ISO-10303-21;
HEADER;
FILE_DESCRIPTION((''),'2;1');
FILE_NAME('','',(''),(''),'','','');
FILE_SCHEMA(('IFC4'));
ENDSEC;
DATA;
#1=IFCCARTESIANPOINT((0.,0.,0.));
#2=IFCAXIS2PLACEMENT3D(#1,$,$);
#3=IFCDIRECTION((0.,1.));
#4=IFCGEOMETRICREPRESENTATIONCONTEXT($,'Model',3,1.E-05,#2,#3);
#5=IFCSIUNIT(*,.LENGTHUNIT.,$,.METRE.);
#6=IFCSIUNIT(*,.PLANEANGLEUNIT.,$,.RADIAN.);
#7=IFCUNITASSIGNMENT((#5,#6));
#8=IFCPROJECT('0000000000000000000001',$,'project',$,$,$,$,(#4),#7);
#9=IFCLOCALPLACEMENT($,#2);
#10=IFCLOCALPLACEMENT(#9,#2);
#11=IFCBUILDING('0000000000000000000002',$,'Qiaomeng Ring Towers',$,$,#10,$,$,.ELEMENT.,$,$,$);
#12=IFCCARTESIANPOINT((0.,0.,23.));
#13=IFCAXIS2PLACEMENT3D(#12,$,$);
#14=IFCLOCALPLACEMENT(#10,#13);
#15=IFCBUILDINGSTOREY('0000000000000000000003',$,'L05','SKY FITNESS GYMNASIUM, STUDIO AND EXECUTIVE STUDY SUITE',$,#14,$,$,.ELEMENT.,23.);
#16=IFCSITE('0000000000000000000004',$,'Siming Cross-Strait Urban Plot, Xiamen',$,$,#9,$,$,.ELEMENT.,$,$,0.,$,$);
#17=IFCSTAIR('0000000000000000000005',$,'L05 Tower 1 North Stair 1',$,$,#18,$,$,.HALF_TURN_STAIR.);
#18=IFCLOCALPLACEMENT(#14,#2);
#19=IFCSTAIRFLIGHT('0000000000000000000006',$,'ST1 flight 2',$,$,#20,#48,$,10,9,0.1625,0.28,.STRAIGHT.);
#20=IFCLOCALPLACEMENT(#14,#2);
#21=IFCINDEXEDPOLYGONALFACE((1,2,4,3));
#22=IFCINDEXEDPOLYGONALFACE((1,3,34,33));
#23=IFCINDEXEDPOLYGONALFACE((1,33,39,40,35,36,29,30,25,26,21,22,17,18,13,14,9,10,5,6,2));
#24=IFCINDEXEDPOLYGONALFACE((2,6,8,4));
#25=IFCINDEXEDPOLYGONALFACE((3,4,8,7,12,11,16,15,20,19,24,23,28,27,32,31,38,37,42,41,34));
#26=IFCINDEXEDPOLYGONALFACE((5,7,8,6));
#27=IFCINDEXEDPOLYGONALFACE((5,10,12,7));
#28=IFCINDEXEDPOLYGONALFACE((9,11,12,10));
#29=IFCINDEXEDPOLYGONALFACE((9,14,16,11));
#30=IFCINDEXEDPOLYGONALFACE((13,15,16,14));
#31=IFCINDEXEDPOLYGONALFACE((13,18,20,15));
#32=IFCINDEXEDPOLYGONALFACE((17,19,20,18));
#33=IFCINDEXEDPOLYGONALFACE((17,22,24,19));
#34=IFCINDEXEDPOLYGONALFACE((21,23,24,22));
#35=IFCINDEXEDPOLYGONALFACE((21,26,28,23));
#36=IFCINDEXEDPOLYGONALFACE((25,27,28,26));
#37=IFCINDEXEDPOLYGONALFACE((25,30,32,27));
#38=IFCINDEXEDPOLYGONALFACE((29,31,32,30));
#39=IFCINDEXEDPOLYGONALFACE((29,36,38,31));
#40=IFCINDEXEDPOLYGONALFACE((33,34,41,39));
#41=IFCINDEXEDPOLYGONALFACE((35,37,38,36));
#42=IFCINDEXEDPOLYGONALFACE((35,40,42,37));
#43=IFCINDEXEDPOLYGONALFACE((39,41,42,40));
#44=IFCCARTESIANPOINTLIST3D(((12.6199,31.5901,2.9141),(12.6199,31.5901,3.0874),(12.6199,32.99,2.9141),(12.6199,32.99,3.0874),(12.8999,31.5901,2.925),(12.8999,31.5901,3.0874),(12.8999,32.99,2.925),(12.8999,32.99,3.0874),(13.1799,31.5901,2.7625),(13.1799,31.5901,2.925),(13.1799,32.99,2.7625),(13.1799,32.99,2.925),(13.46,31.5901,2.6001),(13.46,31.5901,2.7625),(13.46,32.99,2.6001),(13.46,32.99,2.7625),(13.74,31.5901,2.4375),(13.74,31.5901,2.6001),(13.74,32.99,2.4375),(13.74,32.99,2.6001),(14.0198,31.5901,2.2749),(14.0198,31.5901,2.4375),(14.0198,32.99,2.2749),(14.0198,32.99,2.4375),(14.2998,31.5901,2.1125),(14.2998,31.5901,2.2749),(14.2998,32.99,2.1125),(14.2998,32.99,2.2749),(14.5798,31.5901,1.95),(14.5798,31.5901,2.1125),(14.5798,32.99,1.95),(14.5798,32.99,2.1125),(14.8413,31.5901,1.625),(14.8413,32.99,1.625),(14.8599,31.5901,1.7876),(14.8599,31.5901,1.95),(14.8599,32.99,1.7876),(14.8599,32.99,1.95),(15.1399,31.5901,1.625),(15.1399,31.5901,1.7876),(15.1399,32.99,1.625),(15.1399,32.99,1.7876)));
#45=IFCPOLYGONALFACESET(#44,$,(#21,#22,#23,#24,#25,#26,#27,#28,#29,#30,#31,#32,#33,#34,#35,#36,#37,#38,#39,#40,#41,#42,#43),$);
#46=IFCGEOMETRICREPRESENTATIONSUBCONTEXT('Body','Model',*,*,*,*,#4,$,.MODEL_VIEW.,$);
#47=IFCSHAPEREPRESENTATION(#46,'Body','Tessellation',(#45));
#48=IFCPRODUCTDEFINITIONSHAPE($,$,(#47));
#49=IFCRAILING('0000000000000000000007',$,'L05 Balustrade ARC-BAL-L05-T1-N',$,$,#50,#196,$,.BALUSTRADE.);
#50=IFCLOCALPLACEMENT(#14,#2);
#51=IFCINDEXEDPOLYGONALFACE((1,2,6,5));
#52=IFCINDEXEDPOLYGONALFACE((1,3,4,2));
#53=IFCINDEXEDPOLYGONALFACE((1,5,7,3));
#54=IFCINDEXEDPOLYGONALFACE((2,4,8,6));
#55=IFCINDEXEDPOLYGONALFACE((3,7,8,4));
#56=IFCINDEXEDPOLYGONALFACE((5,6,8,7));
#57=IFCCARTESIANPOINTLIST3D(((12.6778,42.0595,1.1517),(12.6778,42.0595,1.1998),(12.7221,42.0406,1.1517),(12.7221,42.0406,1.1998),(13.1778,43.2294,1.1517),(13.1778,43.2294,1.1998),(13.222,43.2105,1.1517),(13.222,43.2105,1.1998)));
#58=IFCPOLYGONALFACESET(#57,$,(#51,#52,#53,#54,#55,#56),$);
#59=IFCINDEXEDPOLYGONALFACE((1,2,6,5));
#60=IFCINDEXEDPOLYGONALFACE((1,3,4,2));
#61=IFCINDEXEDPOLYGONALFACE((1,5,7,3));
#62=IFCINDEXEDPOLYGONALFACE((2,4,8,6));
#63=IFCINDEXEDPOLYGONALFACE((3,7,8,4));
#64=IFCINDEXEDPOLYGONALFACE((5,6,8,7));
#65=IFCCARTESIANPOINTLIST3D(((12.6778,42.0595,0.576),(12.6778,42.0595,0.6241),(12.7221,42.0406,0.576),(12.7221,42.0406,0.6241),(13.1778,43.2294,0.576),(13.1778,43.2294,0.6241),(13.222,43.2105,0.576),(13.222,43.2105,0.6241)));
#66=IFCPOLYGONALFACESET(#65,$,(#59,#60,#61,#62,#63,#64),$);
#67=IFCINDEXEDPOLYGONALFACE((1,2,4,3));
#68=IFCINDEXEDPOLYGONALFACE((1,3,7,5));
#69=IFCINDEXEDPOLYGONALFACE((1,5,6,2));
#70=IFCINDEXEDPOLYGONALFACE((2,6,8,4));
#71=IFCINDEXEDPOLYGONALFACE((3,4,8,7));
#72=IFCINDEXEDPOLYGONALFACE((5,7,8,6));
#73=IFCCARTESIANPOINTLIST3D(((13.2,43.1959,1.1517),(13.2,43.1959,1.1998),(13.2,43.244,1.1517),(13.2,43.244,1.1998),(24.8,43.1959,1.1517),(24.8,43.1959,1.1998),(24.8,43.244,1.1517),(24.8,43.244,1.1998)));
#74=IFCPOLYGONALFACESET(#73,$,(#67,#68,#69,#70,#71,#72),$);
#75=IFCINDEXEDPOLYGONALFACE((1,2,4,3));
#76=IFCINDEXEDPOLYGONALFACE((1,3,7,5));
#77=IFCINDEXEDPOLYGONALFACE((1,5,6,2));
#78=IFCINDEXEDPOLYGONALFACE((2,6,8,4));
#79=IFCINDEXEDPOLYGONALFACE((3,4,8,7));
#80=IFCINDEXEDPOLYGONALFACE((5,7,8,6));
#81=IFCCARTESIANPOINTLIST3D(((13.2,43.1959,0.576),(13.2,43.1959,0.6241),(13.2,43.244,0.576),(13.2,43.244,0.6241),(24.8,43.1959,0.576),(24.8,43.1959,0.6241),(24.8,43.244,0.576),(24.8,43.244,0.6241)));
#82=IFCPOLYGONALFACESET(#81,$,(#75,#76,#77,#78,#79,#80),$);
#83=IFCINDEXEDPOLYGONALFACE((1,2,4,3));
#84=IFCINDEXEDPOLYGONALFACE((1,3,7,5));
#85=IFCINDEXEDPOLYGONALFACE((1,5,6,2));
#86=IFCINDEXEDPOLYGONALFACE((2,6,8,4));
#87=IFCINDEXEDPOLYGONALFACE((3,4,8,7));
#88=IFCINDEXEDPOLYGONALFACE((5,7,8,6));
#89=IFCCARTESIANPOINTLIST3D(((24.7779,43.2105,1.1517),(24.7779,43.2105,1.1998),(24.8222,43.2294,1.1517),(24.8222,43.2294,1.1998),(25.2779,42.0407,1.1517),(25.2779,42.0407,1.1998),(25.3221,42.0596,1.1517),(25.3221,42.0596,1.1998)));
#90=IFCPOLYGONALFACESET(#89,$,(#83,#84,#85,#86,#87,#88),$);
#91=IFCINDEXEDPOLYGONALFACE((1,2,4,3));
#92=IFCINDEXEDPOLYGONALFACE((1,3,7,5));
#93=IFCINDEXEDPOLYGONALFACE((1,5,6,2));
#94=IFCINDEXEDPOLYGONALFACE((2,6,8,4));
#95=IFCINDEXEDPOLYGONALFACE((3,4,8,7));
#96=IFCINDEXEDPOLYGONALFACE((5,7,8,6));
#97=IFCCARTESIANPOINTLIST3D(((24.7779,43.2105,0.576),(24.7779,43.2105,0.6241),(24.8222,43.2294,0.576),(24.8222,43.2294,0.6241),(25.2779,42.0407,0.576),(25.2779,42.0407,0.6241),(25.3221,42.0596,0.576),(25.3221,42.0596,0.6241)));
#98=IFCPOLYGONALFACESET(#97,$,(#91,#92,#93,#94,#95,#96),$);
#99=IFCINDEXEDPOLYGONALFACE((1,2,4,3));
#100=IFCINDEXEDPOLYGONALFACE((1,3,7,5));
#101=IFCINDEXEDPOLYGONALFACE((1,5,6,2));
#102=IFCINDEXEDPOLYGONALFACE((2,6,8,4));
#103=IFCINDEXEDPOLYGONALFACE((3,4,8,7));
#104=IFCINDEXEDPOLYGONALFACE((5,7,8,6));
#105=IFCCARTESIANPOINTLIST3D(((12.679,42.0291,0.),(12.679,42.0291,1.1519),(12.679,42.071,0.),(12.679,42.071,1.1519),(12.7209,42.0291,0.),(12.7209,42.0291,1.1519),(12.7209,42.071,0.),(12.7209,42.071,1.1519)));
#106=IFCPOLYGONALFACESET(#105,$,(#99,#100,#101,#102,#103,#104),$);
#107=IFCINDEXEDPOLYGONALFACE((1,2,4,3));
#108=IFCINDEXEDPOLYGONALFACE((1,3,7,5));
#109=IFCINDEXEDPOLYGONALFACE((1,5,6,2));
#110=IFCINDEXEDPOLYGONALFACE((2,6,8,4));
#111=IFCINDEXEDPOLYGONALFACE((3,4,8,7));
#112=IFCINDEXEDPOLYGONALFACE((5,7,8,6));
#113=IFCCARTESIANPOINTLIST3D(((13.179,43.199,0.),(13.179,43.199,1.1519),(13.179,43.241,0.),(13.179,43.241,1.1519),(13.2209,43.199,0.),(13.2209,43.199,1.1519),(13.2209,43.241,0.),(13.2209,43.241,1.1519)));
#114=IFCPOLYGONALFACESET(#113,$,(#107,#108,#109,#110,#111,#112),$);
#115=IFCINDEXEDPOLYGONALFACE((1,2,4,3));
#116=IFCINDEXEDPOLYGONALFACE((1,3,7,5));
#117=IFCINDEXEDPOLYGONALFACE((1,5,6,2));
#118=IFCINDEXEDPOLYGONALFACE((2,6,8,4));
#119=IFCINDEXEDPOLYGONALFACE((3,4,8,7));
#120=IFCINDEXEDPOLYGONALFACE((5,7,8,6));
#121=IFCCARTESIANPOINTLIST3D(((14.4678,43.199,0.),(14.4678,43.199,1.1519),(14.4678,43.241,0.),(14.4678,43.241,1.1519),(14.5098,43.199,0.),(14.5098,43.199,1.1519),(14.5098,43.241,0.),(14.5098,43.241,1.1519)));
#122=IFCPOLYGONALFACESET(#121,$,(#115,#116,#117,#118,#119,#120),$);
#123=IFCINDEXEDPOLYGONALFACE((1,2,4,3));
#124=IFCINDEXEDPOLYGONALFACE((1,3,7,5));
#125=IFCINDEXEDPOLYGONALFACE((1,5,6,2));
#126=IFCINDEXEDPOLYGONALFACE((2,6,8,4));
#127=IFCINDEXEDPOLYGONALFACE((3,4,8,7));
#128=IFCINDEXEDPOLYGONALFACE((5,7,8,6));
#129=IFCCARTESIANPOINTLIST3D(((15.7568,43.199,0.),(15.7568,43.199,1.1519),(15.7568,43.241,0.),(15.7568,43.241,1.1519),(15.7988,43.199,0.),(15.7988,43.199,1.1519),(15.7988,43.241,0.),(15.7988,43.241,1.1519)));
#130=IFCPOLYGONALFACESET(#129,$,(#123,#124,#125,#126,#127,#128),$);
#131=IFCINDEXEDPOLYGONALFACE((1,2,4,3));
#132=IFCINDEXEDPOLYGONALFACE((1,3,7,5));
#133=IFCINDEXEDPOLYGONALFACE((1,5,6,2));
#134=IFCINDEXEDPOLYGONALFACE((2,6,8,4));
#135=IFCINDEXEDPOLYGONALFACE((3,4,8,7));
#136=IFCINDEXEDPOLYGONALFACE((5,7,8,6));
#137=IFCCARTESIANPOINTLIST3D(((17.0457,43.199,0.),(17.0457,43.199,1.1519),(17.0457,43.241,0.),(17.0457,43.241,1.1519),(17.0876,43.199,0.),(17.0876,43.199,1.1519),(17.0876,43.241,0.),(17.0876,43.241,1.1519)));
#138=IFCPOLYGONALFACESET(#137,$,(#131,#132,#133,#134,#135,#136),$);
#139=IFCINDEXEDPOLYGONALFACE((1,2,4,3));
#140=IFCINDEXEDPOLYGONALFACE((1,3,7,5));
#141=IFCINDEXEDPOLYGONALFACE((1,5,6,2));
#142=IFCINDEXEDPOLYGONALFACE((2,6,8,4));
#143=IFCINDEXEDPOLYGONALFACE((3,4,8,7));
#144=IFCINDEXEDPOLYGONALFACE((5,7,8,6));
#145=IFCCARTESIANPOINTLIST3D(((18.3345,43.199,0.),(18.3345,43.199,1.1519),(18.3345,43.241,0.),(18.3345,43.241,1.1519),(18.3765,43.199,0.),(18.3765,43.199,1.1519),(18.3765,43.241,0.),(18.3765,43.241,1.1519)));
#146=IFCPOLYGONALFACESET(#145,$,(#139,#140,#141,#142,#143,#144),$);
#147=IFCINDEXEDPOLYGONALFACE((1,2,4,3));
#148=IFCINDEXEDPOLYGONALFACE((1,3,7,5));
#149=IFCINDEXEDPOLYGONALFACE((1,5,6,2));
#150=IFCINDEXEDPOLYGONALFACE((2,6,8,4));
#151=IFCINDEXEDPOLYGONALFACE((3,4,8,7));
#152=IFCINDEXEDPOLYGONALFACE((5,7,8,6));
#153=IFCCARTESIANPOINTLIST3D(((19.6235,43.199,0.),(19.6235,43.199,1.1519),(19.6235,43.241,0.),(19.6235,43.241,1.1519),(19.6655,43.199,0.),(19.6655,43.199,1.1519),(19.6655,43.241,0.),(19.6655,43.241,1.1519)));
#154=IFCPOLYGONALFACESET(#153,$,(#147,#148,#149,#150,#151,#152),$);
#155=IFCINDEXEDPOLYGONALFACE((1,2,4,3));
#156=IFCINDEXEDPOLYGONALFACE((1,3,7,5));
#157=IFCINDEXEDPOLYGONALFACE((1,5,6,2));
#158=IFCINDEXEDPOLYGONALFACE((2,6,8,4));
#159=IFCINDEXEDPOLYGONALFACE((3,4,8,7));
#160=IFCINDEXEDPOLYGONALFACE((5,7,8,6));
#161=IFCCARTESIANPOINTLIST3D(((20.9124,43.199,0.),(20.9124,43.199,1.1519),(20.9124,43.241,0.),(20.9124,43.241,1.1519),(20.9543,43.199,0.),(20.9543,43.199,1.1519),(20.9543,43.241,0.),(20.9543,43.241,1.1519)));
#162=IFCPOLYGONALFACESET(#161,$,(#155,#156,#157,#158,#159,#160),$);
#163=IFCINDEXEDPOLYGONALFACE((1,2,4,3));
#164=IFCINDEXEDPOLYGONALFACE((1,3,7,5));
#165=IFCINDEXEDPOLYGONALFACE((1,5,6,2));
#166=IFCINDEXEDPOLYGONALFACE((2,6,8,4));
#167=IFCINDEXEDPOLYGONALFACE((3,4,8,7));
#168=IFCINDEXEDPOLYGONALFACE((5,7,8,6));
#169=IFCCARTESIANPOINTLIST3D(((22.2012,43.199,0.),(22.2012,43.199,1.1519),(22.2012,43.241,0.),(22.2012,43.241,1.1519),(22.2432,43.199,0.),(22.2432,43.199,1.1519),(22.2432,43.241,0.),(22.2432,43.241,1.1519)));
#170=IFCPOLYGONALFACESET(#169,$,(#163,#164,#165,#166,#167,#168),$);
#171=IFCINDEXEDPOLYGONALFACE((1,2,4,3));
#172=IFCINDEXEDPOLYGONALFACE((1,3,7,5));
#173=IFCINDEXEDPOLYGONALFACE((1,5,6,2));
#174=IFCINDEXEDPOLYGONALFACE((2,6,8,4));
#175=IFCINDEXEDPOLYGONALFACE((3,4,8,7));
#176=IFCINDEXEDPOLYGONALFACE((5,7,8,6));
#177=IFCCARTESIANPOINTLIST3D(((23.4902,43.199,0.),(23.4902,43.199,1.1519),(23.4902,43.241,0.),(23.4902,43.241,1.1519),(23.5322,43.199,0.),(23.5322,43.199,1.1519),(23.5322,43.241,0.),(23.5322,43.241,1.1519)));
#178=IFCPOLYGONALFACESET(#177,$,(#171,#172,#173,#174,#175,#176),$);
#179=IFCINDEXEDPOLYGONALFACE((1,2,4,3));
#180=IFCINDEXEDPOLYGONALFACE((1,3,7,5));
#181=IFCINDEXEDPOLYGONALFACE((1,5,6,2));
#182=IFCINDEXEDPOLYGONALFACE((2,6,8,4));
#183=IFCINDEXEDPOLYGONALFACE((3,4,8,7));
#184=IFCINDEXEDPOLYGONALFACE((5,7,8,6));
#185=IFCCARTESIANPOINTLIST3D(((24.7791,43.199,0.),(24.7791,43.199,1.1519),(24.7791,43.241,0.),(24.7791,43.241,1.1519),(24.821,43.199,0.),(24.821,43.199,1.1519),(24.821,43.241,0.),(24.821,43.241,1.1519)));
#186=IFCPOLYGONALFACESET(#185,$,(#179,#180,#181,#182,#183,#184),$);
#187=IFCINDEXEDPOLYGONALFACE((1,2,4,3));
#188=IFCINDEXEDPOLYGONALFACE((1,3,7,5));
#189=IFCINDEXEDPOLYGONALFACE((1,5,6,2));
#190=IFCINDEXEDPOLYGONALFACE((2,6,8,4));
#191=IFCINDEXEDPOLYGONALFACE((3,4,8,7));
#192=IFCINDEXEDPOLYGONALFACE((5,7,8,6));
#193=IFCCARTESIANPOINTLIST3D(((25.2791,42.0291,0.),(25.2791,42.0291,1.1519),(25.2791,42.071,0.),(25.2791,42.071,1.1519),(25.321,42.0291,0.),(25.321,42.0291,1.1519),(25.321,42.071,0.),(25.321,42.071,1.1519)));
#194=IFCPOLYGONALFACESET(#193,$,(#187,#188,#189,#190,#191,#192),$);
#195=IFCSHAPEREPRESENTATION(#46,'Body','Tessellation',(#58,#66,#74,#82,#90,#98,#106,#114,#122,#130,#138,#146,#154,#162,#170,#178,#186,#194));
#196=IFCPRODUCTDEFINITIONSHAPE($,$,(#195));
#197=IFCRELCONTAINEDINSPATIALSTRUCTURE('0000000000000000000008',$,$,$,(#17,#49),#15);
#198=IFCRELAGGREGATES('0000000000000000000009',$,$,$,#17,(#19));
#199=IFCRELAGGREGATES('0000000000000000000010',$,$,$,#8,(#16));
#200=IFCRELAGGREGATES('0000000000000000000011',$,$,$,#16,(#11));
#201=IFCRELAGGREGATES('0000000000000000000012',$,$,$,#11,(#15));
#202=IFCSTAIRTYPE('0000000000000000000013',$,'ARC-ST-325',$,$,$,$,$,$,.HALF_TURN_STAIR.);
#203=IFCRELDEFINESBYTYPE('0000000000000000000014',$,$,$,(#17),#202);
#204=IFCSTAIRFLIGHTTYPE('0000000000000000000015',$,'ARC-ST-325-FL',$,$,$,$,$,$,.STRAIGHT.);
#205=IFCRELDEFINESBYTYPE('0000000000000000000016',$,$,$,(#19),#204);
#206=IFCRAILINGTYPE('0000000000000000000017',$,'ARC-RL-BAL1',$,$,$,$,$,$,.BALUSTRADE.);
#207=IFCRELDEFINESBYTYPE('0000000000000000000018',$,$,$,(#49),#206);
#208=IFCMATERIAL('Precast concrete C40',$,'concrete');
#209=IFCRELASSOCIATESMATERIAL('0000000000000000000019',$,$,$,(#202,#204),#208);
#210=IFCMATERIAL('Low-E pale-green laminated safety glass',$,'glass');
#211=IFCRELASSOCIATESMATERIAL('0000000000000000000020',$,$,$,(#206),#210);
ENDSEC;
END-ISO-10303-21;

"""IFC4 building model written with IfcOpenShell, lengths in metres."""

from ifc_helpers import new_model, si_unit, direction, frame, origin, origin_2d, place, context, subcontext, project, spatial, polyline, rectangle, outline, extrude, source, transform, mapped, material, type_object, element, aggregate, save


model = new_model("IFC4")

# Units and contexts
model_context = context("Model", 3, precision=1e-05, world=origin(), true_north=direction((0.0, 1.0)))
body_context = subcontext(model_context, "Body", "Model", "MODEL_VIEW")
ifc_project = project(units=[si_unit("LENGTHUNIT", "METRE"), si_unit("PLANEANGLEUNIT", "RADIAN")], contexts=[model_context])

# Site, building, storey
site_placement = place(None, origin())
site = spatial("IfcSite", under=ifc_project, at=site_placement, Name="Siming Cross-Strait Urban Plot, Xiamen", CompositionType="ELEMENT", RefElevation=0.0)
building_placement = place(site_placement, origin())
building = spatial("IfcBuilding", under=site, at=building_placement, Name="Qiaomeng Ring Towers", CompositionType="ELEMENT")
storey_placement = place(building_placement, frame((0.0, 0.0, 23.0)))
storey = spatial("IfcBuildingStorey", under=building, at=storey_placement, Name="L05", Description="SKY FITNESS GYMNASIUM, STUDIO AND EXECUTIVE STUDY SUITE", CompositionType="ELEMENT", Elevation=23.0)

# Stair, stair flight
ifc_material_1 = material(Name="Precast concrete C40", Category="concrete")
stair_type = type_object("IfcStairType", Name="ARC-ST-325", PredefinedType="HALF_TURN_STAIR", material=ifc_material_1)
stair_placement = place(storey_placement, origin())
stair = element("IfcStair", 1, at=stair_placement, inside=storey, type_object=stair_type, Name="L05 Tower 1 North Stair 1", PredefinedType="HALF_TURN_STAIR")
stair_flight_type = type_object("IfcStairFlightType", Name="ARC-ST-325-FL", PredefinedType="STRAIGHT", material=ifc_material_1)
shared_shape_1 = source(origin(), body_context, "Body", "SweptSolid", [
    extrude(outline(polyline([(0.0, 0.0), (0.0, 0.1626), (0.28, 0.1626), (0.28, 0.325), (0.5601, 0.325), (0.5601, 0.4875), (0.8401, 0.4875), (0.8401, 0.6499), (1.1201, 0.6499), (1.1201, 0.8125), (1.3999, 0.8125), (1.3999, 0.9751), (1.6799, 0.9751), (1.6799, 1.1375), (1.96, 1.1375), (1.96, 1.3), (2.24, 1.3), (2.24, 1.4624), (2.52, 1.4624), (2.52, 1.625), (2.52, 1.2891), (0.2986, 0.0), (0.0, 0.0)])), frame((0.0, 0.7, 0.0), z_axis=(0.0, -1.0, 0.0), x_axis=(1.0, 0.0, 0.0)), (0.0, 0.0, 1.0), 1.3999),
])
stair_flight_placement = place(storey_placement, frame((15.1399, 32.29, 1.625), z_axis=(0.0, 0.0, 1.0), x_axis=(-1.0, 0.0, 0.0)))
stair_flight = element("IfcStairFlight", 2, at=stair_flight_placement, type_object=stair_flight_type, Name="ST1 flight 2", NumberOfRisers=10, NumberOfTreads=9, PredefinedType="STRAIGHT", RiserHeight=0.1625, TreadLength=0.28, context=body_context, shape_type="MappedRepresentation", body=[
    mapped(shared_shape_1, transform((0.0, 0.0, 0.0), x_axis=(1.0, 0.0, 0.0), y_axis=(0.0, 1.0, 0.0), z_axis=(0.0, 0.0, 1.0), scale=1.0)),
])
aggregate(stair, [stair_flight])

# Railing
ifc_material_2 = material(Name="Low-E pale-green laminated safety glass", Category="glass")
railing_type_1 = type_object("IfcRailingType", Name="ARC-RL-BAL1", PredefinedType="BALUSTRADE", material=ifc_material_2)
railing_1_placement = place(storey_placement, frame((12.7, 42.05, 0.0)))
element("IfcRailing", 3, at=railing_1_placement, inside=storey, type_object=railing_type_1, Name="L05 Balustrade ARC-BAL-L05-T1-N", PredefinedType="BALUSTRADE", context=body_context, shape_type="SweptSolid", body=[
    extrude(rectangle(XDim=0.0481, YDim=0.0481, at=origin_2d()), frame((0.0, 0.0, 1.1758), z_axis=(0.392993, 0.919542, 0.0), x_axis=(-0.919542, 0.392993, 0.0)), (0.0, 0.0, 1.0), 1.2722),
    extrude(rectangle(XDim=0.0481, YDim=0.0481, at=origin_2d()), frame((0.0, 0.0, 0.6001), z_axis=(0.392993, 0.919542, 0.0), x_axis=(-0.919542, 0.392993, 0.0)), (0.0, 0.0, 1.0), 1.2722),
    extrude(rectangle(XDim=0.0481, YDim=0.0481, at=origin_2d()), frame((0.5, 1.1699, 1.1758), z_axis=(1.0, 0.0, 0.0), x_axis=(0.0, 1.0, 0.0)), (0.0, 0.0, 1.0), 11.6001),
    extrude(rectangle(XDim=0.0481, YDim=0.0481, at=origin_2d()), frame((0.5, 1.1699, 0.6001), z_axis=(1.0, 0.0, 0.0), x_axis=(0.0, 1.0, 0.0)), (0.0, 0.0, 1.0), 11.6001),
    extrude(rectangle(XDim=0.0481, YDim=0.0481, at=origin_2d()), frame((12.1001, 1.1699, 1.1758), z_axis=(0.392993, -0.919542, 0.0), x_axis=(0.919542, 0.392993, 0.0)), (0.0, 0.0, 1.0), 1.2722),
    extrude(rectangle(XDim=0.0481, YDim=0.0481, at=origin_2d()), frame((12.1001, 1.1699, 0.6001), z_axis=(0.392993, -0.919542, 0.0), x_axis=(0.919542, 0.392993, 0.0)), (0.0, 0.0, 1.0), 1.2722),
    extrude(rectangle(XDim=0.042, YDim=0.042, at=origin_2d()), origin(), (0.0, 0.0, 1.0), 1.1519),
    extrude(rectangle(XDim=0.042, YDim=0.042, at=origin_2d()), frame((0.5, 1.1699, 0.0)), (0.0, 0.0, 1.0), 1.1519),
    extrude(rectangle(XDim=0.042, YDim=0.042, at=origin_2d()), frame((1.7888, 1.1699, 0.0)), (0.0, 0.0, 1.0), 1.1519),
    extrude(rectangle(XDim=0.042, YDim=0.042, at=origin_2d()), frame((3.0779, 1.1699, 0.0)), (0.0, 0.0, 1.0), 1.1519),
    extrude(rectangle(XDim=0.042, YDim=0.042, at=origin_2d()), frame((4.3667, 1.1699, 0.0)), (0.0, 0.0, 1.0), 1.1519),
    extrude(rectangle(XDim=0.042, YDim=0.042, at=origin_2d()), frame((5.6555, 1.1699, 0.0)), (0.0, 0.0, 1.0), 1.1519),
    extrude(rectangle(XDim=0.042, YDim=0.042, at=origin_2d()), frame((6.9446, 1.1699, 0.0)), (0.0, 0.0, 1.0), 1.1519),
    extrude(rectangle(XDim=0.042, YDim=0.042, at=origin_2d()), frame((8.2334, 1.1699, 0.0)), (0.0, 0.0, 1.0), 1.1519),
    extrude(rectangle(XDim=0.042, YDim=0.042, at=origin_2d()), frame((9.5222, 1.1699, 0.0)), (0.0, 0.0, 1.0), 1.1519),
    extrude(rectangle(XDim=0.042, YDim=0.042, at=origin_2d()), frame((10.8113, 1.1699, 0.0)), (0.0, 0.0, 1.0), 1.1519),
    extrude(rectangle(XDim=0.042, YDim=0.042, at=origin_2d()), frame((12.1001, 1.1699, 0.0)), (0.0, 0.0, 1.0), 1.1519),
    extrude(rectangle(XDim=0.042, YDim=0.042, at=origin_2d()), frame((12.6001, 0.0, 0.0)), (0.0, 0.0, 1.0), 1.1519),
])

save(model, "model.ifc")
